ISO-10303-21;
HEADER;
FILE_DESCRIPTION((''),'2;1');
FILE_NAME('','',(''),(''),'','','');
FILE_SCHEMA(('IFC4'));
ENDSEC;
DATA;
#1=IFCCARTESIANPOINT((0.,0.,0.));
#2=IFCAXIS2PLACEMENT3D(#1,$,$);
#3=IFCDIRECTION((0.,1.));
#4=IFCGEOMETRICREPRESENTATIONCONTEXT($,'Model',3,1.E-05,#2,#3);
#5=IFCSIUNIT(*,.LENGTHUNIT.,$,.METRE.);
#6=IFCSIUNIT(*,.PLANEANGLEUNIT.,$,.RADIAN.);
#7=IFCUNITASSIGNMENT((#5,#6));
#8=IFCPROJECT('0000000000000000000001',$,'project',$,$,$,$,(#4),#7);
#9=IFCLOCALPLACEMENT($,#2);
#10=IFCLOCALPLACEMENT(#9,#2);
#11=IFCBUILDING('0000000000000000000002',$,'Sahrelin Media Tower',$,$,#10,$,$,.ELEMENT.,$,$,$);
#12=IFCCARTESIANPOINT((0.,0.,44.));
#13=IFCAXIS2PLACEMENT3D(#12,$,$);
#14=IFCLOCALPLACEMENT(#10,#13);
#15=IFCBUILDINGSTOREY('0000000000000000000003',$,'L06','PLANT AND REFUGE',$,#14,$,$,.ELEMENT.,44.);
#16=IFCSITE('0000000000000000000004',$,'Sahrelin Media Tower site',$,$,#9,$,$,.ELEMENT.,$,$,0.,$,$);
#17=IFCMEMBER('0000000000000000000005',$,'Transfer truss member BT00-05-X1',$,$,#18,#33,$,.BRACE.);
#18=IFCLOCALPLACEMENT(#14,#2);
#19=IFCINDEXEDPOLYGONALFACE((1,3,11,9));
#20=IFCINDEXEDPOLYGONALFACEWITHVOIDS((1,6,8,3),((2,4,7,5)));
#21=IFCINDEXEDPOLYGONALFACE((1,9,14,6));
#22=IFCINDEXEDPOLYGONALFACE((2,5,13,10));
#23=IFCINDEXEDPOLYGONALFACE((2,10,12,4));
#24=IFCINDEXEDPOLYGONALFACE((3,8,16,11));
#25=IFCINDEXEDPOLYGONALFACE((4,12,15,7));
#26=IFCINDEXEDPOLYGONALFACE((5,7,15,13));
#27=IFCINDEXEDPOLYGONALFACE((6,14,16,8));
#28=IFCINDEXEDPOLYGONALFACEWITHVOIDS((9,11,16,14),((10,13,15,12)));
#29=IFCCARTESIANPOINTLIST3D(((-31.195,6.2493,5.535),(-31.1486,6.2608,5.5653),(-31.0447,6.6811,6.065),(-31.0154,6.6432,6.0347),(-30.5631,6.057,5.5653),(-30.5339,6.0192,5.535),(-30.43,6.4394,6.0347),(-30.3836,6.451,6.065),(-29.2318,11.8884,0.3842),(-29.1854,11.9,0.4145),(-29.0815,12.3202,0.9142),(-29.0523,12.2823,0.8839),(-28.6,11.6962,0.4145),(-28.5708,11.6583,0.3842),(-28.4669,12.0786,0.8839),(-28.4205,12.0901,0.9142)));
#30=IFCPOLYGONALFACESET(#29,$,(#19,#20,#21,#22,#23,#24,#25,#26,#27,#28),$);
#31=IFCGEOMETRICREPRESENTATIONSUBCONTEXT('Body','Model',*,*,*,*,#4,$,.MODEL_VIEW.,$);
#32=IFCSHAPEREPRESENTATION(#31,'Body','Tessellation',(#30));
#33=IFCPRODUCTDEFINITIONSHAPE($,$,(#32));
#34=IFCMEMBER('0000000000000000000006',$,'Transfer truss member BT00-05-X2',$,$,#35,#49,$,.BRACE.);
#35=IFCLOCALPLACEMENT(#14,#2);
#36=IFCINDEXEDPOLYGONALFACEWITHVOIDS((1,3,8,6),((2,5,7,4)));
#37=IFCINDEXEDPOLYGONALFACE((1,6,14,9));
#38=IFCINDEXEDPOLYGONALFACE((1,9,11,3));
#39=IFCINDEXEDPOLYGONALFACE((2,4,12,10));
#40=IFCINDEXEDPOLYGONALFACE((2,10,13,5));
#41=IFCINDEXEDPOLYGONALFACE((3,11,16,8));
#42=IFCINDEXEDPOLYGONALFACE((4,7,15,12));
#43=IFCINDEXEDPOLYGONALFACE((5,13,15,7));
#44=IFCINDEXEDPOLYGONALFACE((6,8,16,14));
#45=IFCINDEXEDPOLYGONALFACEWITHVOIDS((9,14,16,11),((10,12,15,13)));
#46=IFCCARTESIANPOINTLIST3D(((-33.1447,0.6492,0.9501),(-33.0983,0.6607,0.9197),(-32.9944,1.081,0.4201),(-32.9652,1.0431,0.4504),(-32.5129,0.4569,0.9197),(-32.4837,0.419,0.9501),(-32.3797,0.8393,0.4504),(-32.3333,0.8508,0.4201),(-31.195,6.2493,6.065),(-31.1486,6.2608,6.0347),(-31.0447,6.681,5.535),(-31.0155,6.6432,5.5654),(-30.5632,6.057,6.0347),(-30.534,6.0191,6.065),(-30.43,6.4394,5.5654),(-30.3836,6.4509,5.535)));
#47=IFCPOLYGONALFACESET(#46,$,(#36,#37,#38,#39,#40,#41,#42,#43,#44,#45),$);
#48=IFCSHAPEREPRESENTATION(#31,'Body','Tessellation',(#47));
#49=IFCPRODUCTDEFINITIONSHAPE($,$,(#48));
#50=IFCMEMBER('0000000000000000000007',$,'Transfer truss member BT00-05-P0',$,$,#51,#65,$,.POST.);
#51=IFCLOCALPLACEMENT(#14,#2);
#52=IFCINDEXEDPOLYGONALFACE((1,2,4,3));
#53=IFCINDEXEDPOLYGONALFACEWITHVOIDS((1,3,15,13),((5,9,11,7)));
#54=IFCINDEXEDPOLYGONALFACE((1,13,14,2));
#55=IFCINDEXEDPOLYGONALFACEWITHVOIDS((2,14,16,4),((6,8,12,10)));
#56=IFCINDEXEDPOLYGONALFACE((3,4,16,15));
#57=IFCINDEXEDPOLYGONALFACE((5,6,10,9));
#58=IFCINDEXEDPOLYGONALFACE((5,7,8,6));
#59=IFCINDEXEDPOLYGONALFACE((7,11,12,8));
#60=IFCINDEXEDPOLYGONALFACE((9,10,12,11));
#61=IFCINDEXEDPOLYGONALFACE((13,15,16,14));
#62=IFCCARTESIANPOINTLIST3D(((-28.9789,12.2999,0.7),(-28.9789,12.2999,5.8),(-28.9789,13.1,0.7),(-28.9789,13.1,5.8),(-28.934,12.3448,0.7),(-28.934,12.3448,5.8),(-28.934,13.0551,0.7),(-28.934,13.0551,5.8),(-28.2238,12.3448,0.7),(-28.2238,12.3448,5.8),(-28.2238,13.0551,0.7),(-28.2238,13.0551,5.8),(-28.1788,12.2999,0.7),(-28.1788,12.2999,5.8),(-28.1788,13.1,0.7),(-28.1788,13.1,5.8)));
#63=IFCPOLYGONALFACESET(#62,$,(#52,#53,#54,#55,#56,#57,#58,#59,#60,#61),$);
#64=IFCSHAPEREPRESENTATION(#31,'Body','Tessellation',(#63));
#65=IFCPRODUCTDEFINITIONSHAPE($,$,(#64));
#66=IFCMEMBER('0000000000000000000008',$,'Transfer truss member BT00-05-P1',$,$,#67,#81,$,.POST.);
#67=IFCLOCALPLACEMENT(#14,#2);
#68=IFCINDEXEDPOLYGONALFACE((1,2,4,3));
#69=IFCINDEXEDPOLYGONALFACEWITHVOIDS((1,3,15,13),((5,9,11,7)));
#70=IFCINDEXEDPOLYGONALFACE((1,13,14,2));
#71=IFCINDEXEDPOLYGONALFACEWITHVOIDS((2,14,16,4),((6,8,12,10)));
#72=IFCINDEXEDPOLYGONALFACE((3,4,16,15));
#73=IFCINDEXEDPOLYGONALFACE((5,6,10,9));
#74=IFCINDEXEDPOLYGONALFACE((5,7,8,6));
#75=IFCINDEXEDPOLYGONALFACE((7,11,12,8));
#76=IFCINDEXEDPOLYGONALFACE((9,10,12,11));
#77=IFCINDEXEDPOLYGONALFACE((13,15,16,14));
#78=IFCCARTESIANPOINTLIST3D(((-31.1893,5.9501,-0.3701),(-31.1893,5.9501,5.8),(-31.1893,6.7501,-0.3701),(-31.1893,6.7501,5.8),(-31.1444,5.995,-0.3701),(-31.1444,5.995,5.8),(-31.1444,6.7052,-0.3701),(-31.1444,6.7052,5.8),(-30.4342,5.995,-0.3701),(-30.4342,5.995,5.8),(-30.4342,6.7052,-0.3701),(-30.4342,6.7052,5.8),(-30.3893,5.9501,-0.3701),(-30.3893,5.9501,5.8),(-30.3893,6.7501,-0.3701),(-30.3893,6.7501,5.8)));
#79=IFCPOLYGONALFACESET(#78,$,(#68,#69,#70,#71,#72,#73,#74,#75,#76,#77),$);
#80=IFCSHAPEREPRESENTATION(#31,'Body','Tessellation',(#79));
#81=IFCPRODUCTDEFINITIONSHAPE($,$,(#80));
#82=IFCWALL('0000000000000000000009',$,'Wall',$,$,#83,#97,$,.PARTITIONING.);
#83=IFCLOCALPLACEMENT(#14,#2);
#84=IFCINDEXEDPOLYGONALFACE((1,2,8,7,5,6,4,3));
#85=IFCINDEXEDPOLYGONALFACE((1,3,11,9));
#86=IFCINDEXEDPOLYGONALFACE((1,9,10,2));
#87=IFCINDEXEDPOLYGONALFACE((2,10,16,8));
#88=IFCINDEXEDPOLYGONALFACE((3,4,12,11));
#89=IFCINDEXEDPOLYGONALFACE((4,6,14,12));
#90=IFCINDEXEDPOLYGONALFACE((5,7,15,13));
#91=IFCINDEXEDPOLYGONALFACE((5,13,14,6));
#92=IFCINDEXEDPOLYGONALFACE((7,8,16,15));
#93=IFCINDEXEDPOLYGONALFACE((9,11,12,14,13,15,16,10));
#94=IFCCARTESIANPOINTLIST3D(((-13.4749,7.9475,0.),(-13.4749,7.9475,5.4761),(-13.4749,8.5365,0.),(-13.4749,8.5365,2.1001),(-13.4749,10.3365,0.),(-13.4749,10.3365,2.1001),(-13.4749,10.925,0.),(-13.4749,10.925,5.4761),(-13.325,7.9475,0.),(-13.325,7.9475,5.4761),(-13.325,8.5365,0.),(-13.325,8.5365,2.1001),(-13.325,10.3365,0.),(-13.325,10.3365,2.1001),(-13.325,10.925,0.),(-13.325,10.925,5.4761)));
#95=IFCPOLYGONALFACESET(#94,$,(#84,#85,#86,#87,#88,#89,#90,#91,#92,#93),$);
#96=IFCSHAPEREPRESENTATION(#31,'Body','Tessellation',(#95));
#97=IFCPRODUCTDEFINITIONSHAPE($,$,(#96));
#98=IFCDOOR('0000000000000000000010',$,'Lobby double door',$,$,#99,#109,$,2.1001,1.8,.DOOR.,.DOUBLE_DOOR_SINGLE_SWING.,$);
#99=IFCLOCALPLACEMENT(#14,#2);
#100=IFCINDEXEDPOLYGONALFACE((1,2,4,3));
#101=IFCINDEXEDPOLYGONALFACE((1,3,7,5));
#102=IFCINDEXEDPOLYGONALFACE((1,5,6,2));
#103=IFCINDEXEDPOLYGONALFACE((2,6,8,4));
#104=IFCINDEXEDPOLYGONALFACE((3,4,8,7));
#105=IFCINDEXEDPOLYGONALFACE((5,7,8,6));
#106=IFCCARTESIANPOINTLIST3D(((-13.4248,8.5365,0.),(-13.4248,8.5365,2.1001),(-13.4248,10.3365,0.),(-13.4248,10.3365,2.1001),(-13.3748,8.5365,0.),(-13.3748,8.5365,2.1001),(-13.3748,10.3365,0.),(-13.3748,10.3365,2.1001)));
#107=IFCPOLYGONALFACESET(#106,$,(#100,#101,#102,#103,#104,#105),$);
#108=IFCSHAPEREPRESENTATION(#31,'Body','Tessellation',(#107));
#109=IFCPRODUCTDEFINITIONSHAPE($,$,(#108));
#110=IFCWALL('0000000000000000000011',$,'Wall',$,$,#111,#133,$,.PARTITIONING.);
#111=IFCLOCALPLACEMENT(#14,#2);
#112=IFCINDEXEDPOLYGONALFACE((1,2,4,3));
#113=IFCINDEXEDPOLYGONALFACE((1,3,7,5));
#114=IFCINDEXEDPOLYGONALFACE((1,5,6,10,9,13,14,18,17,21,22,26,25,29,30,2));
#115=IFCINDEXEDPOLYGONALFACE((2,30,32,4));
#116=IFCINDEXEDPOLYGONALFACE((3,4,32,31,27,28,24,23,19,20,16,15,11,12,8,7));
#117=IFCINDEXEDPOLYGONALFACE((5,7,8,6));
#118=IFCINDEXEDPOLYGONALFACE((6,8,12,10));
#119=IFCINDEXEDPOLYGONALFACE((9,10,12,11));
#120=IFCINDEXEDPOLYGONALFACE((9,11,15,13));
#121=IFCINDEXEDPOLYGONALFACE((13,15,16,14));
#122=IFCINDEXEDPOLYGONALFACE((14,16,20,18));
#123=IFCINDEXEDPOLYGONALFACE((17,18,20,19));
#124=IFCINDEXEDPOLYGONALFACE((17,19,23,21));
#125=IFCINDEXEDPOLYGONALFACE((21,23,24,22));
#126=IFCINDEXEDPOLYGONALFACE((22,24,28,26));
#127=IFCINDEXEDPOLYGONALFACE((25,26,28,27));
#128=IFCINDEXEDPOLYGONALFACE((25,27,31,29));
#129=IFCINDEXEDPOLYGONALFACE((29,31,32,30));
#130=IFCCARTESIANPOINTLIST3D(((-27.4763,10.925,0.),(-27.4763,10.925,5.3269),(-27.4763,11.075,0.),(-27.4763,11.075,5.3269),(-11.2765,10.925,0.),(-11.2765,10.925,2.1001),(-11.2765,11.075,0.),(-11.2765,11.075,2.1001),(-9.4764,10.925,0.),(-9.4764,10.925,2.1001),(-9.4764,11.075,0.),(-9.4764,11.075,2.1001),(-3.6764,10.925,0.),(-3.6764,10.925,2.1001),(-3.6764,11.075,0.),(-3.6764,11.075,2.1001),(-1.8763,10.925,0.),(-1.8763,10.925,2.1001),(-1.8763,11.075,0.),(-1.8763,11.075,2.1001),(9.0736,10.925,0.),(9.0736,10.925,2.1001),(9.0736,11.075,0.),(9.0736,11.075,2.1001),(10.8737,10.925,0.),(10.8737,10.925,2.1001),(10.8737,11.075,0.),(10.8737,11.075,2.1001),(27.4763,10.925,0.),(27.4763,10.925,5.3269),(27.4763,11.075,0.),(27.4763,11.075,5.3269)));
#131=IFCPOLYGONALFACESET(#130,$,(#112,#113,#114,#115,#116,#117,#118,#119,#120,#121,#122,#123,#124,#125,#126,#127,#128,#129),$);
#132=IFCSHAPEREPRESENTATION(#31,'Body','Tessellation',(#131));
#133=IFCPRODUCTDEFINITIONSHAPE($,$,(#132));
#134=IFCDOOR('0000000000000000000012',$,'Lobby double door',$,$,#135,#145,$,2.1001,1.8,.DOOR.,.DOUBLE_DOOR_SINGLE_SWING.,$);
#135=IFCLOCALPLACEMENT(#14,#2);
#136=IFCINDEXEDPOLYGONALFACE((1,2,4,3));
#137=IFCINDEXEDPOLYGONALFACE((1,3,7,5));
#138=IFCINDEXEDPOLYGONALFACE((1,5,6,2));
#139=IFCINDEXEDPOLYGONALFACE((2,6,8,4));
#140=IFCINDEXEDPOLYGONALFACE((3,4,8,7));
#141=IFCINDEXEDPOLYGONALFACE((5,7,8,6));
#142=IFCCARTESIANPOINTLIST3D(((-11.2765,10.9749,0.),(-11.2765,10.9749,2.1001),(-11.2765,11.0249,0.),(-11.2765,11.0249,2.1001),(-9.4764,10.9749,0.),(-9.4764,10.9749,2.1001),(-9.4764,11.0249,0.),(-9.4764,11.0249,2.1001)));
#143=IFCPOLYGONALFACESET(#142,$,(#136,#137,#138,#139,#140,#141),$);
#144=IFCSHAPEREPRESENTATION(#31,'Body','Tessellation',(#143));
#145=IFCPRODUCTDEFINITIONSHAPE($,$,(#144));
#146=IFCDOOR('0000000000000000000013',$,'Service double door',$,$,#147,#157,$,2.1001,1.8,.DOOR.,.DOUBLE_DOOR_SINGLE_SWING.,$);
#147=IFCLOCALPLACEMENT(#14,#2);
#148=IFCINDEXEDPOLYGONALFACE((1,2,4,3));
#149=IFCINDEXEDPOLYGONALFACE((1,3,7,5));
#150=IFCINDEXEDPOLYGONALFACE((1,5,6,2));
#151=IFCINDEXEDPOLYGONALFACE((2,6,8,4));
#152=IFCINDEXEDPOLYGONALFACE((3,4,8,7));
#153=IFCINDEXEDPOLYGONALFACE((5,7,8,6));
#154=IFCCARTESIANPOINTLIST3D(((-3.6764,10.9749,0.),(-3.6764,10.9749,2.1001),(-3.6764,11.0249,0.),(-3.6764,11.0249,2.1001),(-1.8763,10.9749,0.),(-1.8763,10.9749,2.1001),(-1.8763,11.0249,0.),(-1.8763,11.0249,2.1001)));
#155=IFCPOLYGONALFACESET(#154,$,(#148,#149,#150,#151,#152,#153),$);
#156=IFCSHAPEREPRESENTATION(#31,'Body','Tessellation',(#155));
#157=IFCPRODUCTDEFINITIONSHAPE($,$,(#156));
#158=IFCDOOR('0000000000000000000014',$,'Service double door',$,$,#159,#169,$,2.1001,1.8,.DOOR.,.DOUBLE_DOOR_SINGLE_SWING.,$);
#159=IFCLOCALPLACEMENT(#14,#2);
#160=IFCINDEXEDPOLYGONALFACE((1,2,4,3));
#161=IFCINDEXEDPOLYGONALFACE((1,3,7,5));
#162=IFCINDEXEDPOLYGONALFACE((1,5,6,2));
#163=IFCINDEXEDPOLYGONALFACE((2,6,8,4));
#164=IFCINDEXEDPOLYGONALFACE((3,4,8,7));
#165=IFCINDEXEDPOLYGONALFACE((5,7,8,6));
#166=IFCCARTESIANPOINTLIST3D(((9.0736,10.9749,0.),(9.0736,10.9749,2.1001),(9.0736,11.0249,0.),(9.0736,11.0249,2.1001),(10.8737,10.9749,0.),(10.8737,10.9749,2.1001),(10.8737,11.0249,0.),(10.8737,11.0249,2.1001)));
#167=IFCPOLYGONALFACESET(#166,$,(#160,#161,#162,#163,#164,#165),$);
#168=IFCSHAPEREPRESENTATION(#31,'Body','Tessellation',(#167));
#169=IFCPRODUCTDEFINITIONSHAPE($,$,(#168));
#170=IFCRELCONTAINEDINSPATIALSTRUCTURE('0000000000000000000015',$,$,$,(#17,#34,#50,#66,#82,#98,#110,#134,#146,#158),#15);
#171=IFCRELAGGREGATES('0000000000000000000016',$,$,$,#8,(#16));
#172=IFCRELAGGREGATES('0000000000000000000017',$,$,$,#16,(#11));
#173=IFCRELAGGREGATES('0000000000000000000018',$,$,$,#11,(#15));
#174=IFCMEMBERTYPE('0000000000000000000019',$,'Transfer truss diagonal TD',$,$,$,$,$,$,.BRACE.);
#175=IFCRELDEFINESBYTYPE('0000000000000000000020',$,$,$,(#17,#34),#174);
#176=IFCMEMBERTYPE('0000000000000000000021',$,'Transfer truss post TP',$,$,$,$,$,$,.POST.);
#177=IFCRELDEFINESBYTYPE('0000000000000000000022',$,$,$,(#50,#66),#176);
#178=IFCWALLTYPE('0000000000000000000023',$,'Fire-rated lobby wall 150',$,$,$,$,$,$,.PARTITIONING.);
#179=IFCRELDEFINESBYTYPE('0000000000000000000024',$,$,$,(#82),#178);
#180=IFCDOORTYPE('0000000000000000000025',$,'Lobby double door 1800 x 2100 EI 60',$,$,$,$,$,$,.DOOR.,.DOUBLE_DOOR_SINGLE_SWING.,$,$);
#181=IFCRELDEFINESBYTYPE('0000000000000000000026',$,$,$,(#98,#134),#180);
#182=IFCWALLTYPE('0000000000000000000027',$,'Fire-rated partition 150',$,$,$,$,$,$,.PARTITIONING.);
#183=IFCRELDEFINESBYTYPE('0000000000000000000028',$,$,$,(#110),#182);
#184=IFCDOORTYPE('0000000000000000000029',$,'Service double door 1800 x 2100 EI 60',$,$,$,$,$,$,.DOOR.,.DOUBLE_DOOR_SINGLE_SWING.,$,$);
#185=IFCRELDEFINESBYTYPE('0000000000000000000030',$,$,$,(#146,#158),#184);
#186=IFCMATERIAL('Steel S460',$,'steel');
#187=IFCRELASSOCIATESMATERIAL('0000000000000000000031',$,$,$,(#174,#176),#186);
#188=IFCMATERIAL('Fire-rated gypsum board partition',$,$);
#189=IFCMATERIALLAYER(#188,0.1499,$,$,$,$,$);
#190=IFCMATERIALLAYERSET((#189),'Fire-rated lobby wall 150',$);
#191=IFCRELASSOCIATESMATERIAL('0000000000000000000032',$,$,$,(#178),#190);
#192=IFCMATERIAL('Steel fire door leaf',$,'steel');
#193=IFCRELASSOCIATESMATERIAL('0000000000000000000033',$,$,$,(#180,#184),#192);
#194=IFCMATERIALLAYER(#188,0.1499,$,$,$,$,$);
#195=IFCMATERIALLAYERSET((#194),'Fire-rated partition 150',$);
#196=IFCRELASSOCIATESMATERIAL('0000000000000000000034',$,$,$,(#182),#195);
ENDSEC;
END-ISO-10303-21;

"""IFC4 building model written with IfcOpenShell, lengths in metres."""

from ifc_helpers import new_model, si_unit, direction, frame, frame_2d, origin, origin_2d, place, context, subcontext, project, spatial, rectangle, hollow_rectangle, extrude, material, layer, layer_set, material_profile, profile_set, type_object, element, fill, save


model = new_model("IFC4")

# Units and contexts
model_context = context("Model", 3, precision=1e-05, world=origin(), true_north=direction((0.0, 1.0)))
body_context = subcontext(model_context, "Body", "Model", "MODEL_VIEW")
ifc_project = project(units=[si_unit("LENGTHUNIT", "METRE"), si_unit("PLANEANGLEUNIT", "RADIAN")], contexts=[model_context])

# Site, building, storey
site_placement = place(None, origin())
site = spatial("IfcSite", under=ifc_project, at=site_placement, Name="Sahrelin Media Tower site", CompositionType="ELEMENT", RefElevation=0.0)
building_placement = place(site_placement, origin())
building = spatial("IfcBuilding", under=site, at=building_placement, Name="Sahrelin Media Tower", CompositionType="ELEMENT")
storey_placement = place(building_placement, frame((0.0, 0.0, 44.0)))
storey = spatial("IfcBuildingStorey", under=building, at=storey_placement, Name="L06", Description="PLANT AND REFUGE", CompositionType="ELEMENT", Elevation=44.0)

# Shared definitions
ifc_material_1 = material(Name="Steel S460", Category="steel")

# Members
ifc_material_profile_1 = material_profile(ifc_material_1, hollow_rectangle(XDim=0.7, YDim=0.7, WallThickness=0.04, at=origin_2d()), Name="Transfer truss diagonal TD")
ifc_profile_set_1 = profile_set([ifc_material_profile_1], Name="Steel S460")
member_type_1 = type_object("IfcMemberType", Name="Transfer truss diagonal TD", PredefinedType="BRACE", material=ifc_profile_set_1)
member_1_placement = place(storey_placement, frame((-28.8262, 11.9893, 0.6492), z_axis=(-0.248946, -0.715105, 0.653185), x_axis=(0.944409, -0.328773, 0.0)))
element("IfcMember", 1, at=member_1_placement, inside=storey, type_object=member_type_1, Name="Transfer truss member BT00-05-X1", PredefinedType="BRACE", context=body_context, shape_type="SweptSolid", body=[
    extrude(hollow_rectangle(XDim=0.7, YDim=0.7, WallThickness=0.04, at=origin_2d()), origin(), (0.0, 0.0, 1.0), 7.8857),
])
member_2_placement = place(storey_placement, frame((-32.739, 0.75, 0.6851), z_axis=(0.248971, 0.715113, 0.653167), x_axis=(-0.9444, 0.328798, 0.0)))
element("IfcMember", 2, at=member_2_placement, inside=storey, type_object=member_type_1, Name="Transfer truss member BT00-05-X2", PredefinedType="BRACE", context=body_context, shape_type="SweptSolid", body=[
    extrude(hollow_rectangle(XDim=0.7, YDim=0.7, WallThickness=0.04, at=origin_2d()), origin(), (0.0, 0.0, 1.0), 7.8311),
])
ifc_material_profile_2 = material_profile(ifc_material_1, hollow_rectangle(XDim=0.8, YDim=0.8, WallThickness=0.0449, at=origin_2d()), Name="Transfer truss post TP")
ifc_profile_set_2 = profile_set([ifc_material_profile_2], Name="Steel S460")
member_type_2 = type_object("IfcMemberType", Name="Transfer truss post TP", PredefinedType="POST", material=ifc_profile_set_2)
member_3_placement = place(storey_placement, frame((-28.5789, 12.7, 0.7), z_axis=(0.0, 0.0, 1.0), x_axis=(1.0, 0.0, 0.0)))
element("IfcMember", 3, at=member_3_placement, inside=storey, type_object=member_type_2, Name="Transfer truss member BT00-05-P0", PredefinedType="POST", context=body_context, shape_type="SweptSolid", body=[
    extrude(hollow_rectangle(XDim=0.8, YDim=0.8, WallThickness=0.0449, at=origin_2d()), origin(), (0.0, 0.0, 1.0), 5.1001),
])
member_4_placement = place(storey_placement, frame((-30.7893, 6.3501, -0.3701), z_axis=(0.0, 0.0, 1.0), x_axis=(1.0, 0.0, 0.0)))
element("IfcMember", 4, at=member_4_placement, inside=storey, type_object=member_type_2, Name="Transfer truss member BT00-05-P1", PredefinedType="POST", context=body_context, shape_type="SweptSolid", body=[
    extrude(hollow_rectangle(XDim=0.8, YDim=0.8, WallThickness=0.0449, at=origin_2d()), origin(), (0.0, 0.0, 1.0), 6.1702),
])

# Wall, opening, door
ifc_material_2 = material(Name="Fire-rated gypsum board partition")
ifc_layer_1 = layer(ifc_material_2, 0.1499)
ifc_layer_set_1 = layer_set([ifc_layer_1], Name="Fire-rated lobby wall 150")
wall_type_1 = type_object("IfcWallType", Name="Fire-rated lobby wall 150", PredefinedType="PARTITIONING", material=ifc_layer_set_1)
wall_1_placement = place(storey_placement, frame((-13.3999, 7.9475, 0.0), z_axis=(0.0, 0.0, 1.0), x_axis=(0.0, 1.0, 0.0)))
wall_1 = element("IfcWall", 5, at=wall_1_placement, inside=storey, type_object=wall_type_1, Name="Wall", PredefinedType="PARTITIONING", context=body_context, shape_type="SweptSolid", body=[
    extrude(rectangle(XDim=2.9775, YDim=0.1499, at=frame_2d((1.4888, 0.0))), origin(), (0.0, 0.0, 1.0), 5.4761),
])
opening_1_placement = place(wall_1_placement, frame((0.5891, 0.0, 0.0)))
opening_1 = element("IfcOpeningElement", 6, at=opening_1_placement, cuts=wall_1, PredefinedType="OPENING", context=body_context, shape_type="SweptSolid", body=[
    extrude(rectangle(XDim=1.8, YDim=2.1001, at=frame_2d((0.8999, 1.05))), frame((0.0, 0.075, 0.0), z_axis=(0.0, -1.0, 0.0), x_axis=(1.0, 0.0, 0.0)), (0.0, 0.0, 1.0), 0.1499),
])
ifc_material_3 = material(Name="Steel fire door leaf", Category="steel")
door_type_1 = type_object("IfcDoorType", Name="Lobby double door 1800 x 2100 EI 60", OperationType="DOUBLE_DOOR_SINGLE_SWING", PredefinedType="DOOR", material=ifc_material_3)
door_1_placement = place(opening_1_placement, origin())
door_1 = element("IfcDoor", 7, at=door_1_placement, inside=storey, type_object=door_type_1, Name="Lobby double door", OperationType="DOUBLE_DOOR_SINGLE_SWING", OverallHeight=2.1001, OverallWidth=1.8, PredefinedType="DOOR", context=body_context, shape_type="SweptSolid", body=[
    extrude(rectangle(XDim=1.8, YDim=2.1001, at=frame_2d((0.8999, 1.05))), frame((0.0, 0.0249, 0.0), z_axis=(0.0, -1.0, 0.0), x_axis=(1.0, 0.0, 0.0)), (0.0, 0.0, 1.0), 0.05),
])
fill(opening_1, door_1)

# Wall, openings, doors
ifc_layer_2 = layer(ifc_material_2, 0.1499)
ifc_layer_set_2 = layer_set([ifc_layer_2], Name="Fire-rated partition 150")
wall_type_2 = type_object("IfcWallType", Name="Fire-rated partition 150", PredefinedType="PARTITIONING", material=ifc_layer_set_2)
wall_2_placement = place(storey_placement, frame((-27.4763, 11.0, 0.0), z_axis=(0.0, 0.0, 1.0), x_axis=(1.0, 0.0, 0.0)))
wall_2 = element("IfcWall", 8, at=wall_2_placement, inside=storey, type_object=wall_type_2, Name="Wall", PredefinedType="PARTITIONING", context=body_context, shape_type="SweptSolid", body=[
    extrude(rectangle(XDim=54.9526, YDim=0.1499, at=frame_2d((27.4763, 0.0))), origin(), (0.0, 0.0, 1.0), 5.3269),
])
opening_2_placement = place(wall_2_placement, frame((16.2, 0.0, 0.0)))
opening_2 = element("IfcOpeningElement", 9, at=opening_2_placement, cuts=wall_2, PredefinedType="OPENING", context=body_context, shape_type="SweptSolid", body=[
    extrude(rectangle(XDim=1.8, YDim=2.1001, at=frame_2d((0.8999, 1.05))), frame((0.0, 0.075, 0.0), z_axis=(0.0, -1.0, 0.0), x_axis=(1.0, 0.0, 0.0)), (0.0, 0.0, 1.0), 0.1499),
])
opening_3_placement = place(wall_2_placement, frame((23.8, 0.0, 0.0)))
opening_3 = element("IfcOpeningElement", 10, at=opening_3_placement, cuts=wall_2, PredefinedType="OPENING", context=body_context, shape_type="SweptSolid", body=[
    extrude(rectangle(XDim=1.8, YDim=2.1001, at=frame_2d((0.8999, 1.05))), frame((0.0, 0.075, 0.0), z_axis=(0.0, -1.0, 0.0), x_axis=(1.0, 0.0, 0.0)), (0.0, 0.0, 1.0), 0.1499),
])
opening_4_placement = place(wall_2_placement, frame((36.55, 0.0, 0.0)))
opening_4 = element("IfcOpeningElement", 11, at=opening_4_placement, cuts=wall_2, PredefinedType="OPENING", context=body_context, shape_type="SweptSolid", body=[
    extrude(rectangle(XDim=1.8, YDim=2.1001, at=frame_2d((0.8999, 1.05))), frame((0.0, 0.075, 0.0), z_axis=(0.0, -1.0, 0.0), x_axis=(1.0, 0.0, 0.0)), (0.0, 0.0, 1.0), 0.1499),
])
door_2_placement = place(opening_2_placement, origin())
door_2 = element("IfcDoor", 12, at=door_2_placement, inside=storey, type_object=door_type_1, Name="Lobby double door", OperationType="DOUBLE_DOOR_SINGLE_SWING", OverallHeight=2.1001, OverallWidth=1.8, PredefinedType="DOOR", context=body_context, shape_type="SweptSolid", body=[
    extrude(rectangle(XDim=1.8, YDim=2.1001, at=frame_2d((0.8999, 1.05))), frame((0.0, 0.0249, 0.0), z_axis=(0.0, -1.0, 0.0), x_axis=(1.0, 0.0, 0.0)), (0.0, 0.0, 1.0), 0.05),
])
fill(opening_2, door_2)
door_type_2 = type_object("IfcDoorType", Name="Service double door 1800 x 2100 EI 60", OperationType="DOUBLE_DOOR_SINGLE_SWING", PredefinedType="DOOR", material=ifc_material_3)
door_3_placement = place(opening_3_placement, origin())
door_3 = element("IfcDoor", 13, at=door_3_placement, inside=storey, type_object=door_type_2, Name="Service double door", OperationType="DOUBLE_DOOR_SINGLE_SWING", OverallHeight=2.1001, OverallWidth=1.8, PredefinedType="DOOR", context=body_context, shape_type="SweptSolid", body=[
    extrude(rectangle(XDim=1.8, YDim=2.1001, at=frame_2d((0.8999, 1.05))), frame((0.0, 0.0249, 0.0), z_axis=(0.0, -1.0, 0.0), x_axis=(1.0, 0.0, 0.0)), (0.0, 0.0, 1.0), 0.05),
])
fill(opening_3, door_3)
door_4_placement = place(opening_4_placement, origin())
door_4 = element("IfcDoor", 14, at=door_4_placement, inside=storey, type_object=door_type_2, Name="Service double door", OperationType="DOUBLE_DOOR_SINGLE_SWING", OverallHeight=2.1001, OverallWidth=1.8, PredefinedType="DOOR", context=body_context, shape_type="SweptSolid", body=[
    extrude(rectangle(XDim=1.8, YDim=2.1001, at=frame_2d((0.8999, 1.05))), frame((0.0, 0.0249, 0.0), z_axis=(0.0, -1.0, 0.0), x_axis=(1.0, 0.0, 0.0)), (0.0, 0.0, 1.0), 0.05),
])
fill(opening_4, door_4)

save(model, "model.ifc")
